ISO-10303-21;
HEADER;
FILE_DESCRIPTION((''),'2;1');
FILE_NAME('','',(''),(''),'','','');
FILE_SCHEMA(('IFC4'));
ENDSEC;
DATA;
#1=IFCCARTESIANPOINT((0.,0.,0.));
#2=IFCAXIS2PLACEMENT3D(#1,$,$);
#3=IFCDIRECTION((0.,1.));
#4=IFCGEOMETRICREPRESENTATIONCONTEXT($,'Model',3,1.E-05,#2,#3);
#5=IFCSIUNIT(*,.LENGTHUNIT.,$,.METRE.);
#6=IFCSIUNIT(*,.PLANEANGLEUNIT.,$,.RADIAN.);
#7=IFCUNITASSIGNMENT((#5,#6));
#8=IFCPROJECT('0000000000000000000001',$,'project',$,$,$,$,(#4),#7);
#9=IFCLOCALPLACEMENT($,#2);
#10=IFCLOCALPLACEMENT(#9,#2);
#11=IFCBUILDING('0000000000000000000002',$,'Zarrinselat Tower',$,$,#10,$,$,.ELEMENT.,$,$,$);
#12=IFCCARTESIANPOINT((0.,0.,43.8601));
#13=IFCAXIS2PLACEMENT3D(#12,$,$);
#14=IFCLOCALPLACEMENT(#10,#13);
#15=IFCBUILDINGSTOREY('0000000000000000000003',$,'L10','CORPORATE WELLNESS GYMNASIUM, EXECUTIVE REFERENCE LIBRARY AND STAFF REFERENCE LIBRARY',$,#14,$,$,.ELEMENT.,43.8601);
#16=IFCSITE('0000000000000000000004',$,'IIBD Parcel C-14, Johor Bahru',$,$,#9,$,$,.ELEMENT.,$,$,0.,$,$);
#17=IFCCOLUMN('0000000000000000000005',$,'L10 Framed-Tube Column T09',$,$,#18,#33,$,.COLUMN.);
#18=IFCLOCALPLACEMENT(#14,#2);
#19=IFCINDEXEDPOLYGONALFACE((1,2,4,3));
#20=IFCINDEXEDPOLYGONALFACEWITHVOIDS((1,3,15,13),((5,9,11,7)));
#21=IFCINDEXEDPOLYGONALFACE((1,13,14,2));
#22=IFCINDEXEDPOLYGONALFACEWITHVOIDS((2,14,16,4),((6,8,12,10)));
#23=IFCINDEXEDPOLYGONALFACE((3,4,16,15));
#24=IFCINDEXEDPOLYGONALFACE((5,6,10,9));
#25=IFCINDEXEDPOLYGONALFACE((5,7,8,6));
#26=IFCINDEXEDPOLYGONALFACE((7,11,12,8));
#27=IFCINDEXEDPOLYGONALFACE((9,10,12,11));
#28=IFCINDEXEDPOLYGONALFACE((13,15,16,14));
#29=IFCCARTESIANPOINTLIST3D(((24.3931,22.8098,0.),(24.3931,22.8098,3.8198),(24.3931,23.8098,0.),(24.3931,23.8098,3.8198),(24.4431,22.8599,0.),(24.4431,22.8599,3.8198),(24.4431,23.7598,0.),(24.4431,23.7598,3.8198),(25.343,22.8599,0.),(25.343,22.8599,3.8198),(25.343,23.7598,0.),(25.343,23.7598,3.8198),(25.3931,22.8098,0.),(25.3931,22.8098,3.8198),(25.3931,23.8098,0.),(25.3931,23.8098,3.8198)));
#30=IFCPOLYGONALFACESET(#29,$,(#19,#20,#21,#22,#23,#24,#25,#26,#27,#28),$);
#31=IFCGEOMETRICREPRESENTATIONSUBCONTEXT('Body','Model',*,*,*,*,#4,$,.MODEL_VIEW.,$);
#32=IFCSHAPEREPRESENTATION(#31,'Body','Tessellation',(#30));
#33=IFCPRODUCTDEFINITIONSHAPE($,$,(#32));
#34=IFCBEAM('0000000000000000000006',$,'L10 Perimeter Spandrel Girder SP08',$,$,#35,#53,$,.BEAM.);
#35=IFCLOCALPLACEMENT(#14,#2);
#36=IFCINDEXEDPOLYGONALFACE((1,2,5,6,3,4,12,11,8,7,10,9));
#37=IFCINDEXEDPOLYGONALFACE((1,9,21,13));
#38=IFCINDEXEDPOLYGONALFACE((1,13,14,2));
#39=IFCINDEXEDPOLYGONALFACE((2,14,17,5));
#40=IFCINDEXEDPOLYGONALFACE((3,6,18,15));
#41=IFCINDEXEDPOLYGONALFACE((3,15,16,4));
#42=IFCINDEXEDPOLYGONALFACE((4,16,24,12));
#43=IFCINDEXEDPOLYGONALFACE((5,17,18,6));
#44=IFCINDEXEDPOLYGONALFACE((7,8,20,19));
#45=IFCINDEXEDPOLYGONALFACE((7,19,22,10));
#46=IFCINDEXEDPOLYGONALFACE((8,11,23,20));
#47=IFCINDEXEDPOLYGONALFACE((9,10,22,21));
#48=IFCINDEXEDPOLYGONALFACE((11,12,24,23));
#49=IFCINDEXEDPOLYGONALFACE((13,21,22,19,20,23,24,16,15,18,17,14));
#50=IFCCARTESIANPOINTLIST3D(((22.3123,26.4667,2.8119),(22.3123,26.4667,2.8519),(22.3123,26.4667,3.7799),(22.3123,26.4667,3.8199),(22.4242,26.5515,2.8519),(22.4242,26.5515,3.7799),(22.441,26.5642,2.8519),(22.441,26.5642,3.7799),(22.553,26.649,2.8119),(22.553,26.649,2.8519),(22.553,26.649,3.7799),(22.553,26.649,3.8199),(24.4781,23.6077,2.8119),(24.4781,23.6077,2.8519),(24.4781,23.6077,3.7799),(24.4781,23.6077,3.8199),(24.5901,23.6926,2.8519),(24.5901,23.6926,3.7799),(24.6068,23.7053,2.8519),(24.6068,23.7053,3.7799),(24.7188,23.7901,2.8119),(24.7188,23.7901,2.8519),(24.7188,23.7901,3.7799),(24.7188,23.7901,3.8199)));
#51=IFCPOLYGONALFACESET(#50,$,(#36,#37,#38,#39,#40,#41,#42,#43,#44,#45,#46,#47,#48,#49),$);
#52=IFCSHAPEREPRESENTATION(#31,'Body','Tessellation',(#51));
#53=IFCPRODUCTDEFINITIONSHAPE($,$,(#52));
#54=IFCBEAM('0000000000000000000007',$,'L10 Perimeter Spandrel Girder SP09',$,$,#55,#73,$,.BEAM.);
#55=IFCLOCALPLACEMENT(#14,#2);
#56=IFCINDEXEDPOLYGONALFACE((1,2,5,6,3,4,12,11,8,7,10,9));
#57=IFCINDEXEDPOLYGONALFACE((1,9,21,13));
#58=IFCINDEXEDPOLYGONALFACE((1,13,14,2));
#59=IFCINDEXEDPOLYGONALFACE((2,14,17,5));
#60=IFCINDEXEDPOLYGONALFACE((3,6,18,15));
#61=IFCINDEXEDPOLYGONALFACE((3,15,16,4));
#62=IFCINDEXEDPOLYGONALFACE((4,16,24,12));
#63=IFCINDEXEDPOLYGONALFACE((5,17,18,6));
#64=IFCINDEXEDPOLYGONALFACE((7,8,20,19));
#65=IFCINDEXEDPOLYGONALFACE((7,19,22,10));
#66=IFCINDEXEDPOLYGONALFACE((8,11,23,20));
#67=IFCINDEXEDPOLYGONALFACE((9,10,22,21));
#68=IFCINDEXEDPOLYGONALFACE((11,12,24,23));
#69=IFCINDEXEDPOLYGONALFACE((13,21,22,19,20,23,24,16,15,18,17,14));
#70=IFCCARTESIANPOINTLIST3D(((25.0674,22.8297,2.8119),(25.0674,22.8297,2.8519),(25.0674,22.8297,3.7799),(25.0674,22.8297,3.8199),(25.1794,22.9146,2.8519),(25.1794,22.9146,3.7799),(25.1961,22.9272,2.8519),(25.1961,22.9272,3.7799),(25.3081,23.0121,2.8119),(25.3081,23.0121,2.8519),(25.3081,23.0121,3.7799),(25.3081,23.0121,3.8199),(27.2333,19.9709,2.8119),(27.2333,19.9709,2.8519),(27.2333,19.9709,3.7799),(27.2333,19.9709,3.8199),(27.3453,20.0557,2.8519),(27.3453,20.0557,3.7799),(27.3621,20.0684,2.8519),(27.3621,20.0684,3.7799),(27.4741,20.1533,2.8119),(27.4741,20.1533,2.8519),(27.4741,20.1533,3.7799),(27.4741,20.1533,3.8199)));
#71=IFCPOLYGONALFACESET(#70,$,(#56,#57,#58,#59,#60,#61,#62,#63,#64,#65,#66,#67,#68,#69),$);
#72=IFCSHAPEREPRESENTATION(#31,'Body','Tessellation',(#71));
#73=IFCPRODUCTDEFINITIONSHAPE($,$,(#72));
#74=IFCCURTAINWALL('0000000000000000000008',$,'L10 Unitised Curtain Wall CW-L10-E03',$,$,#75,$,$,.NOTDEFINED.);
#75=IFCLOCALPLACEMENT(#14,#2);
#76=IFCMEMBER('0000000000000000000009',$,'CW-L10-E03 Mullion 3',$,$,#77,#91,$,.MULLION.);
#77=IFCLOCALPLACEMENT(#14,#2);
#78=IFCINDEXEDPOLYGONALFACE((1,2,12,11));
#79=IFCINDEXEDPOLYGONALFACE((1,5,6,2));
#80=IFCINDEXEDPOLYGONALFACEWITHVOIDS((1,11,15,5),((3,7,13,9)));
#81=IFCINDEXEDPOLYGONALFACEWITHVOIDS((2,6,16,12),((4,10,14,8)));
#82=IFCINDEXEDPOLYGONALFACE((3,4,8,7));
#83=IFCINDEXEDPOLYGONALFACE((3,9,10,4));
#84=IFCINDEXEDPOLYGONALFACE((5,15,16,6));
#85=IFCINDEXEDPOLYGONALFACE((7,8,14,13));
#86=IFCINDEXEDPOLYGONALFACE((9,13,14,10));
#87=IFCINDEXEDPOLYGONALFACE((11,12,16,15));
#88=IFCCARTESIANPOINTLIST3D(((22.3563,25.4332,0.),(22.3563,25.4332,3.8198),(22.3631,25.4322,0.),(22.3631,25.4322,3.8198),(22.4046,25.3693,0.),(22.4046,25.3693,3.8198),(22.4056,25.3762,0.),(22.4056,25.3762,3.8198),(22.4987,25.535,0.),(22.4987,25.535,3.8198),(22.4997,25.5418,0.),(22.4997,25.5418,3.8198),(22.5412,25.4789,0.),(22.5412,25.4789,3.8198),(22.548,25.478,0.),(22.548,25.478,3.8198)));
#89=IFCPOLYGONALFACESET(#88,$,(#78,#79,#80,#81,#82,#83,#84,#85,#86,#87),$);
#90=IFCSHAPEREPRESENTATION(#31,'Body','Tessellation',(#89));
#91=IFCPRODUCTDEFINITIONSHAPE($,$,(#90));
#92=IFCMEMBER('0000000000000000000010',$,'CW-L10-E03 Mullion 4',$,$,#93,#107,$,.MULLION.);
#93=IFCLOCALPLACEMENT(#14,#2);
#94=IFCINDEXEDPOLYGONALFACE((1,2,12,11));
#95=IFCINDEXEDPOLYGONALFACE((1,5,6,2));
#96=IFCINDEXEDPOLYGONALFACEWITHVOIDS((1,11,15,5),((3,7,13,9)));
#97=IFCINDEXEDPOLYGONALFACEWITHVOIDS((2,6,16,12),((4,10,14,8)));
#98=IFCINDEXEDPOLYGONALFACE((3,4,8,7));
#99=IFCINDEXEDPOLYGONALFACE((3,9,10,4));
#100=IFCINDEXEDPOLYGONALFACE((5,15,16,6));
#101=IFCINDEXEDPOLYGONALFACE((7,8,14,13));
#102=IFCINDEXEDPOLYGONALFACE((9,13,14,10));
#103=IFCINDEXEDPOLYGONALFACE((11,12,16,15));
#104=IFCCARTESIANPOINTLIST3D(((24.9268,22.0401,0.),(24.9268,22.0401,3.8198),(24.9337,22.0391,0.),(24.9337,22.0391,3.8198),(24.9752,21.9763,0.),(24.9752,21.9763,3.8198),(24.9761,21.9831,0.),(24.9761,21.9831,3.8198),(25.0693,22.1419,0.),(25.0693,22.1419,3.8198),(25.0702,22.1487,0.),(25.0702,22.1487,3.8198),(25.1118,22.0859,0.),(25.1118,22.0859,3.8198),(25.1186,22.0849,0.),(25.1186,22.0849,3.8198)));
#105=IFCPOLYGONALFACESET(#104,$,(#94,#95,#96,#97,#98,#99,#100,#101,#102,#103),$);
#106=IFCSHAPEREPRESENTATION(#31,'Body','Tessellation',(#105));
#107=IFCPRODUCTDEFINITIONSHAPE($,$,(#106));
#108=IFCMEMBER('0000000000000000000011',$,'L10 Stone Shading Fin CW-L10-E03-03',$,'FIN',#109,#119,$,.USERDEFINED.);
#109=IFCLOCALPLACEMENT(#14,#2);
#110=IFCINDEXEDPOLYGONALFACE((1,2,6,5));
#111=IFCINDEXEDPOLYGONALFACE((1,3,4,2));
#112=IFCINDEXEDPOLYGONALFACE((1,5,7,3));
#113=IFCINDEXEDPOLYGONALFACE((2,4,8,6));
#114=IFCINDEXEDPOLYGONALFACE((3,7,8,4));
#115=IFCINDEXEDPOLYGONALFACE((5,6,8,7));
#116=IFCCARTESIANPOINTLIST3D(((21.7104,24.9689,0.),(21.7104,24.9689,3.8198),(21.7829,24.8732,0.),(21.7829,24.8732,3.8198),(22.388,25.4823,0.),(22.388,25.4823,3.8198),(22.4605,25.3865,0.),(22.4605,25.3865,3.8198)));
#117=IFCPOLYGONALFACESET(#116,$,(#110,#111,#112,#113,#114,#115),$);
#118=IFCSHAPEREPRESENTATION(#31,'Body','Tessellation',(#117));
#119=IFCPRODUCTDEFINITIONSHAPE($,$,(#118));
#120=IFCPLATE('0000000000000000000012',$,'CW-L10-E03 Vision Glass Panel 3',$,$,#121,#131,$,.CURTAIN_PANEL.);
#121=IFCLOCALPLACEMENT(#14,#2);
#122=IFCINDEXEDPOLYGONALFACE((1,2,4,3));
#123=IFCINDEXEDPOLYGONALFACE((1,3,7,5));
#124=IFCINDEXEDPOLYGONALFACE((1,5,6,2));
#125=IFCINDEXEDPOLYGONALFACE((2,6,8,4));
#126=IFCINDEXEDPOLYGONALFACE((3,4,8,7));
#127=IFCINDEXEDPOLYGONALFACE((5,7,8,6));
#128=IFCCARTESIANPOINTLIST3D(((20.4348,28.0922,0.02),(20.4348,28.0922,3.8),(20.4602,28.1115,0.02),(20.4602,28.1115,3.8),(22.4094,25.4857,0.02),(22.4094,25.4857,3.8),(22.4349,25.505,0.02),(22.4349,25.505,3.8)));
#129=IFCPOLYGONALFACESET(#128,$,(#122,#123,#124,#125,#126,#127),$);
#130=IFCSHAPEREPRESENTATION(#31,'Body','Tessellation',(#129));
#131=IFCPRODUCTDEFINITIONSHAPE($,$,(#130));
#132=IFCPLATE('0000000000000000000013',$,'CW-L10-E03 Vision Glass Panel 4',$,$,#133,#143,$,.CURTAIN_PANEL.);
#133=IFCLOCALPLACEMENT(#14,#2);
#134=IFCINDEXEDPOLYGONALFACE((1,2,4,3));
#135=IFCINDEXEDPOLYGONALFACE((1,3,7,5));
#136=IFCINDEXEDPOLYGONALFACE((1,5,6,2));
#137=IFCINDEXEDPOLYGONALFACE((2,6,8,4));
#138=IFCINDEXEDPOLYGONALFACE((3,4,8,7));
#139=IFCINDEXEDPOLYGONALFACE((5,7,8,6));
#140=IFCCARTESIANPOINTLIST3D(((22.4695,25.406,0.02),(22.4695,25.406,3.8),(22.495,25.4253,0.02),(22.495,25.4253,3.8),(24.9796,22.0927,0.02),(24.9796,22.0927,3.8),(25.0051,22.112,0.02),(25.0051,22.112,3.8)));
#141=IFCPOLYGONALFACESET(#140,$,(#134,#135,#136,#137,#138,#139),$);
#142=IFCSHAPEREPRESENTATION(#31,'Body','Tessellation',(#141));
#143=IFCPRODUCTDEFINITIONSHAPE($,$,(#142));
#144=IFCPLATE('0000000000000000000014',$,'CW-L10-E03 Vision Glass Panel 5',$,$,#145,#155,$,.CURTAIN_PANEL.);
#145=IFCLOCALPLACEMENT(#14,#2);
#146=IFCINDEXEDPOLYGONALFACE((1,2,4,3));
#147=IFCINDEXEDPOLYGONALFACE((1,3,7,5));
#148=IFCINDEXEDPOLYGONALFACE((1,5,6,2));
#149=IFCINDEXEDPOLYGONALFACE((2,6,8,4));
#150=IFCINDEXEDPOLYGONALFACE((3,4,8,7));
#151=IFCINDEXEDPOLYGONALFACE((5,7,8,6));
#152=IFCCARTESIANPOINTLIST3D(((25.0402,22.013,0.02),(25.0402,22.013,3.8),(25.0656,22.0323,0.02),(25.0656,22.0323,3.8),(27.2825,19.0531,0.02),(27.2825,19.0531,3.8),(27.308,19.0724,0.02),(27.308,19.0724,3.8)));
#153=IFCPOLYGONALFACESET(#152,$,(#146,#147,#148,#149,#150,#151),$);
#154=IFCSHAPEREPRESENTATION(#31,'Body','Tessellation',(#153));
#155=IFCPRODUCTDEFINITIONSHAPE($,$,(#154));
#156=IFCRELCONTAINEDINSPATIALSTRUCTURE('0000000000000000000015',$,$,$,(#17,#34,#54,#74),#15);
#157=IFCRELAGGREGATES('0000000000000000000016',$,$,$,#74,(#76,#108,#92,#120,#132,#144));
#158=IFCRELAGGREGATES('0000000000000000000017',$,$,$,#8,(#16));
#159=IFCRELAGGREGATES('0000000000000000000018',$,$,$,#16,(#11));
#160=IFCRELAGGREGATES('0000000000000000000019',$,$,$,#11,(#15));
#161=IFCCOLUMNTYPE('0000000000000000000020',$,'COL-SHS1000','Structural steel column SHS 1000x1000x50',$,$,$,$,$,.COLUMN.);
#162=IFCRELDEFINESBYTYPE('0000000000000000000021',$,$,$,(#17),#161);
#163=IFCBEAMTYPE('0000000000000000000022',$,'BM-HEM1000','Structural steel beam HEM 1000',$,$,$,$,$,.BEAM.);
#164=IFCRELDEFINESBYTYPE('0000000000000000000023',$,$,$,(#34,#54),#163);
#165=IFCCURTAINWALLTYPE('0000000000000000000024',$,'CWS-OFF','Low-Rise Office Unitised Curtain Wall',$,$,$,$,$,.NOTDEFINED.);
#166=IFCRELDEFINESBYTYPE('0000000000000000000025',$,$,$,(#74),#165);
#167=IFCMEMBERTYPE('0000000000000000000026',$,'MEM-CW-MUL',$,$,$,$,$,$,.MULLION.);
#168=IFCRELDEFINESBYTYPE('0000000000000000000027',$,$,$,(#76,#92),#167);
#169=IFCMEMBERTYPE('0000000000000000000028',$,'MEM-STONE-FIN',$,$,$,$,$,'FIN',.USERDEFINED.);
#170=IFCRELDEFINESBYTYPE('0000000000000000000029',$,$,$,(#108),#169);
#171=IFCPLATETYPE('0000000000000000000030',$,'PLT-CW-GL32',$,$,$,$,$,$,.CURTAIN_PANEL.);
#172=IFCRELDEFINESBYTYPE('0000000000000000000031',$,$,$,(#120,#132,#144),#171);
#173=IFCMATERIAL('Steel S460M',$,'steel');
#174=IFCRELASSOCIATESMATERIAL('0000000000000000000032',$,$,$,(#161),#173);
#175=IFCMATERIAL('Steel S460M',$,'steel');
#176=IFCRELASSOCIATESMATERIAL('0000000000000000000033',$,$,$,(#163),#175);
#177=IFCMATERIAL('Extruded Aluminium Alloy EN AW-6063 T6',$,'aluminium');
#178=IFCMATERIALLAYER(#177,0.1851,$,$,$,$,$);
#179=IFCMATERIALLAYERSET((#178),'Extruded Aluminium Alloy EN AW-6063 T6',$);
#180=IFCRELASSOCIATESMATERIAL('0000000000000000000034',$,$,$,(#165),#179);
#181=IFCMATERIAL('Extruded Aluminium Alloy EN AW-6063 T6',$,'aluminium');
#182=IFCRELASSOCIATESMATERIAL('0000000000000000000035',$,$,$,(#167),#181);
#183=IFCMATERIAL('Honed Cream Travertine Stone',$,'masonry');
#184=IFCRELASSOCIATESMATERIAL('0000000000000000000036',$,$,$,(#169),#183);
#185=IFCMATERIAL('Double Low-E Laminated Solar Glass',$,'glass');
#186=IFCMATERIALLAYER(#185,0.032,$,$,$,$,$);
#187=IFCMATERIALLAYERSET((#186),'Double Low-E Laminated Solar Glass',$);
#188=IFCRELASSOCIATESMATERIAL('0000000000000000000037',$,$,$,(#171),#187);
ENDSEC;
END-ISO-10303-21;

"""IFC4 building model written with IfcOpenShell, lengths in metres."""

from ifc_helpers import new_model, si_unit, direction, frame, origin, origin_2d, place, context, subcontext, project, spatial, rectangle, hollow_rectangle, i_section, extrude, material, layer, layer_set, material_profile, profile_set, type_object, element, aggregate, save


model = new_model("IFC4")

# Units and contexts
model_context = context("Model", 3, precision=1e-05, world=origin(), true_north=direction((0.0, 1.0)))
body_context = subcontext(model_context, "Body", "Model", "MODEL_VIEW")
ifc_project = project(units=[si_unit("LENGTHUNIT", "METRE"), si_unit("PLANEANGLEUNIT", "RADIAN")], contexts=[model_context])

# Site, building, storey
site_placement = place(None, origin())
site = spatial("IfcSite", under=ifc_project, at=site_placement, Name="IIBD Parcel C-14, Johor Bahru", CompositionType="ELEMENT", RefElevation=0.0)
building_placement = place(site_placement, origin())
building = spatial("IfcBuilding", under=site, at=building_placement, Name="Zarrinselat Tower", CompositionType="ELEMENT")
storey_placement = place(building_placement, frame((0.0, 0.0, 43.8601)))
storey = spatial("IfcBuildingStorey", under=building, at=storey_placement, Name="L10", Description="CORPORATE WELLNESS GYMNASIUM, EXECUTIVE REFERENCE LIBRARY AND STAFF REFERENCE LIBRARY", CompositionType="ELEMENT", Elevation=43.8601)

# Column
ifc_material_1 = material(Name="Steel S460M", Category="steel")
ifc_material_profile_1 = material_profile(ifc_material_1, hollow_rectangle(XDim=1.0, YDim=1.0, WallThickness=0.05, at=origin_2d()), Name="SHS 1000x1000x50")
ifc_profile_set_1 = profile_set([ifc_material_profile_1], Name="Steel S460M")
column_type = type_object("IfcColumnType", Name="COL-SHS1000", Description="Structural steel column SHS 1000x1000x50", PredefinedType="COLUMN", material=ifc_profile_set_1)
column_placement = place(storey_placement, frame((24.8931, 23.3098, 0.0), z_axis=(0.0, 0.0, 1.0), x_axis=(1.0, 0.0, 0.0)))
element("IfcColumn", 1, at=column_placement, inside=storey, type_object=column_type, Name="L10 Framed-Tube Column T09", PredefinedType="COLUMN", context=body_context, shape_type="SweptSolid", body=[
    extrude(hollow_rectangle(XDim=1.0, YDim=1.0, WallThickness=0.05, at=origin_2d()), origin(), (0.0, 0.0, 1.0), 3.8198),
])

# Beams
ifc_material_2 = material(Name="Steel S460M", Category="steel")
ifc_material_profile_2 = material_profile(ifc_material_2, i_section(OverallWidth=0.302, OverallDepth=1.0081, WebThickness=0.021, FlangeThickness=0.04, at=origin_2d()), Name="HEM 1000")
ifc_profile_set_2 = profile_set([ifc_material_profile_2], Name="Steel S460M")
beam_type = type_object("IfcBeamType", Name="BM-HEM1000", Description="Structural steel beam HEM 1000", PredefinedType="BEAM", material=ifc_profile_set_2)
for number, where, z_axis, x_axis, name in (
    (2, (22.4326, 26.5579, 3.3159), (0.603849, -0.797099, 0.0), (0.797099, 0.603849, 0.0), "L10 Perimeter Spandrel Girder SP08"),
    (3, (25.1877, 22.9209, 3.3159), (0.603892, -0.797066, 0.0), (0.797066, 0.603892, 0.0), "L10 Perimeter Spandrel Girder SP09"),
):
    element("IfcBeam", number, at=place(storey_placement, frame(where, z_axis=z_axis, x_axis=x_axis)), inside=storey, type_object=beam_type, Name=name, PredefinedType="BEAM", context=body_context, shape_type="SweptSolid", body=[
        extrude(i_section(OverallWidth=0.302, OverallDepth=1.0081, WebThickness=0.021, FlangeThickness=0.04, at=origin_2d()), origin(), (0.0, 0.0, 1.0), 3.5867),
    ])

# Curtain wall, members, plates
ifc_material_3 = material(Name="Extruded Aluminium Alloy EN AW-6063 T6", Category="aluminium")
ifc_layer_1 = layer(ifc_material_3, 0.1851)
ifc_layer_set_1 = layer_set([ifc_layer_1], Name="Extruded Aluminium Alloy EN AW-6063 T6")
curtain_wall_type = type_object("IfcCurtainWallType", Name="CWS-OFF", Description="Low-Rise Office Unitised Curtain Wall", PredefinedType="NOTDEFINED", material=ifc_layer_set_1)
curtain_wall_placement = place(storey_placement, origin())
curtain_wall = element("IfcCurtainWall", 4, at=curtain_wall_placement, inside=storey, type_object=curtain_wall_type, Name="L10 Unitised Curtain Wall CW-L10-E03", PredefinedType="NOTDEFINED")
ifc_material_4 = material(Name="Extruded Aluminium Alloy EN AW-6063 T6", Category="aluminium")
ifc_material_profile_3 = material_profile(ifc_material_4, hollow_rectangle(XDim=0.0801, YDim=0.1799, WallThickness=0.0049, at=origin_2d()), Name="RHS 180x80x5")
ifc_profile_set_3 = profile_set([ifc_material_profile_3], Name="Extruded Aluminium Alloy EN AW-6063 T6")
member_type_1 = type_object("IfcMemberType", Name="MEM-CW-MUL", PredefinedType="MULLION", material=ifc_profile_set_3)
member_1_placement = place(storey_placement, frame((22.4521, 25.4556, 0.0), z_axis=(0.0, 0.0, 1.0), x_axis=(0.603857, -0.797092, 0.0)))
member_1 = element("IfcMember", 5, at=member_1_placement, type_object=member_type_1, Name="CW-L10-E03 Mullion 3", PredefinedType="MULLION", context=body_context, shape_type="SweptSolid", body=[
    extrude(hollow_rectangle(XDim=0.0801, YDim=0.1799, WallThickness=0.0049, at=origin_2d()), origin(), (0.0, 0.0, 1.0), 3.8198),
])
member_2_placement = place(storey_placement, frame((25.0227, 22.0625, 0.0), z_axis=(0.0, 0.0, 1.0), x_axis=(0.603857, -0.797092, 0.0)))
member_2 = element("IfcMember", 6, at=member_2_placement, type_object=member_type_1, Name="CW-L10-E03 Mullion 4", PredefinedType="MULLION", context=body_context, shape_type="SweptSolid", body=[
    extrude(hollow_rectangle(XDim=0.0801, YDim=0.1799, WallThickness=0.0049, at=origin_2d()), origin(), (0.0, 0.0, 1.0), 3.8198),
])
ifc_material_5 = material(Name="Honed Cream Travertine Stone", Category="masonry")
ifc_material_profile_4 = material_profile(ifc_material_5, rectangle(XDim=0.1201, YDim=0.8501, at=origin_2d()), Name="FIN 850x120")
ifc_profile_set_4 = profile_set([ifc_material_profile_4], Name="Honed Cream Travertine Stone")
member_type_2 = type_object("IfcMemberType", Name="MEM-STONE-FIN", ElementType="FIN", PredefinedType="USERDEFINED", material=ifc_profile_set_4)
member_3_placement = place(storey_placement, frame((22.0854, 25.1777, 0.0), z_axis=(0.0, 0.0, 1.0), x_axis=(-0.603857, 0.797092, 0.0)))
member_3 = element("IfcMember", 7, at=member_3_placement, type_object=member_type_2, Name="L10 Stone Shading Fin CW-L10-E03-03", ObjectType="FIN", PredefinedType="USERDEFINED", context=body_context, shape_type="SweptSolid", body=[
    extrude(rectangle(XDim=0.1201, YDim=0.8501, at=origin_2d()), origin(), (0.0, 0.0, 1.0), 3.8198),
])
ifc_material_6 = material(Name="Double Low-E Laminated Solar Glass", Category="glass")
ifc_layer_2 = layer(ifc_material_6, 0.032)
ifc_layer_set_2 = layer_set([ifc_layer_2], Name="Double Low-E Laminated Solar Glass")
plate_type = type_object("IfcPlateType", Name="PLT-CW-GL32", PredefinedType="CURTAIN_PANEL", material=ifc_layer_set_2)
plate_1_placement = place(storey_placement, frame((21.4348, 26.7986, 0.02), z_axis=(0.0, 0.0, 1.0), x_axis=(0.603857, -0.797092, 0.0)))
plate_1 = element("IfcPlate", 8, at=plate_1_placement, type_object=plate_type, Name="CW-L10-E03 Vision Glass Panel 3", PredefinedType="CURTAIN_PANEL", context=body_context, shape_type="SweptSolid", body=[
    extrude(rectangle(XDim=3.27, YDim=0.032, at=origin_2d()), origin(), (0.0, 0.0, 1.0), 3.78),
])
plate_2_placement = place(storey_placement, frame((23.7373, 23.759, 0.02), z_axis=(0.0, 0.0, 1.0), x_axis=(0.603857, -0.797092, 0.0)))
plate_2 = element("IfcPlate", 9, at=plate_2_placement, type_object=plate_type, Name="CW-L10-E03 Vision Glass Panel 4", PredefinedType="CURTAIN_PANEL", context=body_context, shape_type="SweptSolid", body=[
    extrude(rectangle(XDim=4.1567, YDim=0.032, at=origin_2d()), origin(), (0.0, 0.0, 1.0), 3.78),
])
plate_3_placement = place(storey_placement, frame((26.1741, 20.5427, 0.02), z_axis=(0.0, 0.0, 1.0), x_axis=(0.603857, -0.797092, 0.0)))
plate_3 = element("IfcPlate", 10, at=plate_3_placement, type_object=plate_type, Name="CW-L10-E03 Vision Glass Panel 5", PredefinedType="CURTAIN_PANEL", context=body_context, shape_type="SweptSolid", body=[
    extrude(rectangle(XDim=3.7134, YDim=0.032, at=origin_2d()), origin(), (0.0, 0.0, 1.0), 3.78),
])
aggregate(curtain_wall, [member_1, member_3, member_2, plate_1, plate_2, plate_3])

save(model, "model.ifc")
